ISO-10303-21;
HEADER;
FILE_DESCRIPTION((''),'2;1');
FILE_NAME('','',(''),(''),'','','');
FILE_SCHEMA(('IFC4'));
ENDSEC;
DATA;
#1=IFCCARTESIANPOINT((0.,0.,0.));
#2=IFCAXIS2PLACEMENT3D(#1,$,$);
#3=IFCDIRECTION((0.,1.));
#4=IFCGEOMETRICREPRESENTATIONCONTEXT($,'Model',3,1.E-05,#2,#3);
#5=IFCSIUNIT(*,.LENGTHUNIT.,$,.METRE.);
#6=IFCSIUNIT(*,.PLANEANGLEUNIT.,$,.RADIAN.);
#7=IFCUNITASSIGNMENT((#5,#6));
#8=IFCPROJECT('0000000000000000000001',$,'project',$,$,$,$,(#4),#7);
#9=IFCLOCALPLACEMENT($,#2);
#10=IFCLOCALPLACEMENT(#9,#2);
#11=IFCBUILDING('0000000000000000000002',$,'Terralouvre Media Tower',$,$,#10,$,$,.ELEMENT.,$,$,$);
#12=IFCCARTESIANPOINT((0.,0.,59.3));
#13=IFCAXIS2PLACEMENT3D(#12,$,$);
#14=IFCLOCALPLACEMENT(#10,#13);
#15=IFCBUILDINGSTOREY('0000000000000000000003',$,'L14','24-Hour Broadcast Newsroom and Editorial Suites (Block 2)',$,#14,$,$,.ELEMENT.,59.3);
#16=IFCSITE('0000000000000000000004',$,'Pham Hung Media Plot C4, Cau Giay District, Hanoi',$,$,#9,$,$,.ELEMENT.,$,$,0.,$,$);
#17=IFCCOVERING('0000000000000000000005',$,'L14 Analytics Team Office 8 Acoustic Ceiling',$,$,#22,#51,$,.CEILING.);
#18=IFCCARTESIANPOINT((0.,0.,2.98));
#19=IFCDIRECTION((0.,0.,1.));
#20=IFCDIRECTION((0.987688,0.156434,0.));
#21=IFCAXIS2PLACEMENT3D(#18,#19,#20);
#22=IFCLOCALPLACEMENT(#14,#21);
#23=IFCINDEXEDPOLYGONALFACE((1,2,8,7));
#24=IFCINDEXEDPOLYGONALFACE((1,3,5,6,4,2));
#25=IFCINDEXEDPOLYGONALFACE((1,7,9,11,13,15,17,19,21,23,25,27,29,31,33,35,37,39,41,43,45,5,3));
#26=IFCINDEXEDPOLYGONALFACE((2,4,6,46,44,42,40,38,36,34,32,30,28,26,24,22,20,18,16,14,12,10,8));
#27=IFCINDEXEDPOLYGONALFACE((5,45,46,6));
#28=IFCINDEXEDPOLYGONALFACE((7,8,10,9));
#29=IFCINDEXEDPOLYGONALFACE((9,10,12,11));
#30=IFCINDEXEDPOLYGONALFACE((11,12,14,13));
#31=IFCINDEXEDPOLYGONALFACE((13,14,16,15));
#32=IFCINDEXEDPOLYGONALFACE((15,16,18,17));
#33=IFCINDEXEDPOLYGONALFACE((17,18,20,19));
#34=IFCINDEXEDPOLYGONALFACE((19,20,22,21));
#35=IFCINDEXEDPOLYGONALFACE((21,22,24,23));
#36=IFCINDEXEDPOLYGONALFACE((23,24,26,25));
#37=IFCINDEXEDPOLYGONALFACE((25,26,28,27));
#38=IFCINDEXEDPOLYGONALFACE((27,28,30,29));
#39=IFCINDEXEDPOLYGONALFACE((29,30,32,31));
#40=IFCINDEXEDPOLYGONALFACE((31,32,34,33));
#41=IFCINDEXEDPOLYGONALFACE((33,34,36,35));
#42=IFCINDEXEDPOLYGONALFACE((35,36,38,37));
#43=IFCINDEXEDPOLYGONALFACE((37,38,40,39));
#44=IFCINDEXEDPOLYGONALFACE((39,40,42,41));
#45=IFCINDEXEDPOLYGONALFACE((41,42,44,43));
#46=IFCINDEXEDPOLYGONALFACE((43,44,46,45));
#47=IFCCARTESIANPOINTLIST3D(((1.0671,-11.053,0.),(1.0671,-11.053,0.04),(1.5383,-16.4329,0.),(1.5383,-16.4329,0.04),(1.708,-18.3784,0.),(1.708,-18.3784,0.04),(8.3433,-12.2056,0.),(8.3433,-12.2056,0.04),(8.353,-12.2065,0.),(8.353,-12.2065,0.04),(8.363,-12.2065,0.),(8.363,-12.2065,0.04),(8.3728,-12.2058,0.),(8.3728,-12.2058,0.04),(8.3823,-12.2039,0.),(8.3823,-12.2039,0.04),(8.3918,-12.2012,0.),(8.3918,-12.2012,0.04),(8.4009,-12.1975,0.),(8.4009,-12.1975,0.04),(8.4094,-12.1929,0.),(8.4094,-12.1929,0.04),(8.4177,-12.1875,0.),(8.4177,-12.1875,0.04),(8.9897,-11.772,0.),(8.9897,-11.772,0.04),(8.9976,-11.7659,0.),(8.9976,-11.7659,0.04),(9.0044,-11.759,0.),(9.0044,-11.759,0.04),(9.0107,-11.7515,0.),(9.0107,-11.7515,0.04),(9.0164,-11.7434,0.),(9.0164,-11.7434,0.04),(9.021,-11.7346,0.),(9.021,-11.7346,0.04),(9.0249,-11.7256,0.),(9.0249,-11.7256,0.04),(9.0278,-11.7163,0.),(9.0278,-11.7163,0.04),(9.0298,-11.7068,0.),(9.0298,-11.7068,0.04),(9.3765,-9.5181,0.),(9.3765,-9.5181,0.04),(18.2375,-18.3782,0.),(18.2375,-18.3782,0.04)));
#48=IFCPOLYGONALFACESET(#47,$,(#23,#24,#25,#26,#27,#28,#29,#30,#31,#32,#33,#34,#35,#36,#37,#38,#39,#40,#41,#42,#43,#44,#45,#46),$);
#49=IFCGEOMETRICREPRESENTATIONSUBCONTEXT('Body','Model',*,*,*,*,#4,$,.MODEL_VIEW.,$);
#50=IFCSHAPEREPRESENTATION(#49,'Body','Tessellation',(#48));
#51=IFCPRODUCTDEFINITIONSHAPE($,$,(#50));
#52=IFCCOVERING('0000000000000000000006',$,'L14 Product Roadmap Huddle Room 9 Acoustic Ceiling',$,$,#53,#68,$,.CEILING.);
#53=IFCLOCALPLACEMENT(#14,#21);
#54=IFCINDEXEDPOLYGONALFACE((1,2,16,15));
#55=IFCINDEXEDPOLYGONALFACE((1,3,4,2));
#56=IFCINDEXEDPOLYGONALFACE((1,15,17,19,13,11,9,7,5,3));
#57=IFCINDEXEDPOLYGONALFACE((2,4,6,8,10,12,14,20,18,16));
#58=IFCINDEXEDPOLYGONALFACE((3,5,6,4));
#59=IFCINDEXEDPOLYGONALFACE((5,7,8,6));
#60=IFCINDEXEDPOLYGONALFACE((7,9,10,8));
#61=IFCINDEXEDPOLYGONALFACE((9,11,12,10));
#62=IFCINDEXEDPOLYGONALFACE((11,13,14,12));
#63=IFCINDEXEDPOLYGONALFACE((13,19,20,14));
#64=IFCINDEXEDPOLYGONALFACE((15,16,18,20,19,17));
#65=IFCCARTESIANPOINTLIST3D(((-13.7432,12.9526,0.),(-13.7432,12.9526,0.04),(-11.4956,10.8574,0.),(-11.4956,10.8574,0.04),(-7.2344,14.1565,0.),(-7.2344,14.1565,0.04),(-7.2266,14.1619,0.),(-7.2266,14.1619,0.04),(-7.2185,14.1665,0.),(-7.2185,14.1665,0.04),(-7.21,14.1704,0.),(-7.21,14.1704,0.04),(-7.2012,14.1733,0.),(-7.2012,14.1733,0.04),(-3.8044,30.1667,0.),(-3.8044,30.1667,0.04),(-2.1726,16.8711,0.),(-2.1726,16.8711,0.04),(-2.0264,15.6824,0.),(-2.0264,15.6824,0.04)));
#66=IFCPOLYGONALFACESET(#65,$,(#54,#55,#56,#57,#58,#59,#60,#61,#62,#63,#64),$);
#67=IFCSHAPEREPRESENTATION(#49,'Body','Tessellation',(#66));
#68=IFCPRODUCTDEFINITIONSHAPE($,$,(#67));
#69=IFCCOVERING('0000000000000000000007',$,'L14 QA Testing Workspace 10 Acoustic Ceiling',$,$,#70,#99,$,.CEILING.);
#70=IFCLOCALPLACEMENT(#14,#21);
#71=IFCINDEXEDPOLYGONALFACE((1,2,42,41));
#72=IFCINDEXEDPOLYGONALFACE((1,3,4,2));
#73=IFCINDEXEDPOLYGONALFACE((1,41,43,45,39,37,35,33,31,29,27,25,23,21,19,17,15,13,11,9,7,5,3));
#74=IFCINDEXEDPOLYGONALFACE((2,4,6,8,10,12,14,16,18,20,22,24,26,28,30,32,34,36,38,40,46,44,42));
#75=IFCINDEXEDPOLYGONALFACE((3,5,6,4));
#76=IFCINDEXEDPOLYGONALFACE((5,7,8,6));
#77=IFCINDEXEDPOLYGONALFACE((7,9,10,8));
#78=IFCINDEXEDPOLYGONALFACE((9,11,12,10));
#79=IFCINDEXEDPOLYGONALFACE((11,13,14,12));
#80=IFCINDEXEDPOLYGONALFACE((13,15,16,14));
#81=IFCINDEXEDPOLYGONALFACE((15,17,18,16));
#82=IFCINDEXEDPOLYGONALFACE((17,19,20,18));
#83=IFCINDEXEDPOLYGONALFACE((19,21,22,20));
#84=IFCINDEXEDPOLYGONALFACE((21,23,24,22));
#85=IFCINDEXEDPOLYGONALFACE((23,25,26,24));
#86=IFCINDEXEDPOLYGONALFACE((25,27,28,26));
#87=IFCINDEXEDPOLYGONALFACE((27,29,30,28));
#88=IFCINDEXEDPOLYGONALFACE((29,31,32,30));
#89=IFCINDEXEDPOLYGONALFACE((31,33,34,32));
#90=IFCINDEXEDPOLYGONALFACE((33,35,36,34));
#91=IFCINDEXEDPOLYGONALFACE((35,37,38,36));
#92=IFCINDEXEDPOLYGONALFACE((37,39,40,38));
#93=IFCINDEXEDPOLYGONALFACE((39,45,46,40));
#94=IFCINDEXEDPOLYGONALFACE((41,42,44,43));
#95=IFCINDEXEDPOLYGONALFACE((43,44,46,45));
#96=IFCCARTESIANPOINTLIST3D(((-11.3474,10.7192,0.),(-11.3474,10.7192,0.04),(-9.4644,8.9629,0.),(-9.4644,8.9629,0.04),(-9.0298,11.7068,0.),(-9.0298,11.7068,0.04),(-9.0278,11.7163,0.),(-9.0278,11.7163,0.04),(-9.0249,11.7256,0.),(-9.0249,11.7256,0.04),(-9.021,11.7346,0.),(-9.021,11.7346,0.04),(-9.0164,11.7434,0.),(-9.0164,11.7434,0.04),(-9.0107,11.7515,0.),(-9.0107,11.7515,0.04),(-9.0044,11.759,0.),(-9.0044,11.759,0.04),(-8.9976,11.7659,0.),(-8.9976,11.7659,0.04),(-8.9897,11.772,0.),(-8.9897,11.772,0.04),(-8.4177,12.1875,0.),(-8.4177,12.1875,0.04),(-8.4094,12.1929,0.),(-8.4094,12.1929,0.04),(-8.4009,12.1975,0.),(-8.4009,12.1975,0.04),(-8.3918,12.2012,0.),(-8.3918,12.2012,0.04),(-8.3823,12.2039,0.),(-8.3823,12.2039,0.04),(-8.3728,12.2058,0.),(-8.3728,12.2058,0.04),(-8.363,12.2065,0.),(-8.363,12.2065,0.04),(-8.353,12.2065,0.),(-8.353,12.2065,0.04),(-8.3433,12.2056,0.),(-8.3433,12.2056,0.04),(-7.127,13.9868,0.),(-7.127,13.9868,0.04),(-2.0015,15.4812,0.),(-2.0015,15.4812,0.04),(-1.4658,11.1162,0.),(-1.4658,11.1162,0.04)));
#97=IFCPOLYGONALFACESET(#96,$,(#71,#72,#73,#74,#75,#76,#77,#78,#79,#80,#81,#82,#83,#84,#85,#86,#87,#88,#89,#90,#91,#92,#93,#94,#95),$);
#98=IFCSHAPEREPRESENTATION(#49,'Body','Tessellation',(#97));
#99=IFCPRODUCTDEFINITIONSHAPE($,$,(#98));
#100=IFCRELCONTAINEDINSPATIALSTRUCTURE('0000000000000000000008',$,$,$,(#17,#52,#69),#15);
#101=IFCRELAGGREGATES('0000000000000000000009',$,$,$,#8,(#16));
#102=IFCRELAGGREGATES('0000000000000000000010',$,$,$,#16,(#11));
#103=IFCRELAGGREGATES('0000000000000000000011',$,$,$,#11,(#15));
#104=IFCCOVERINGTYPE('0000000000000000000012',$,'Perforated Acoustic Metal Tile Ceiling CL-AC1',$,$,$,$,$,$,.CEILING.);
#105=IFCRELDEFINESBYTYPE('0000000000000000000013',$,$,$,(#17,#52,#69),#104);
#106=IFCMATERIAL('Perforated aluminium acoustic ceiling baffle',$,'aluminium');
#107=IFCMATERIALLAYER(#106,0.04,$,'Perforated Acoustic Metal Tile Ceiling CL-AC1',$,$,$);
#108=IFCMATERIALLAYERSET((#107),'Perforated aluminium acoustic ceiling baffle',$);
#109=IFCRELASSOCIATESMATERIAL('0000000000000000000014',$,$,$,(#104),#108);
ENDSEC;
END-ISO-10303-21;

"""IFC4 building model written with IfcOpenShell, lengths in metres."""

from ifc_helpers import new_model, si_unit, direction, frame, origin, place, context, subcontext, project, spatial, polyline, outline, extrude, material, layer, layer_set, type_object, element, save


model = new_model("IFC4")

# Units and contexts
model_context = context("Model", 3, precision=1e-05, world=origin(), true_north=direction((0.0, 1.0)))
body_context = subcontext(model_context, "Body", "Model", "MODEL_VIEW")
ifc_project = project(units=[si_unit("LENGTHUNIT", "METRE"), si_unit("PLANEANGLEUNIT", "RADIAN")], contexts=[model_context])

# Site, building, storey
site_placement = place(None, origin())
site = spatial("IfcSite", under=ifc_project, at=site_placement, Name="Pham Hung Media Plot C4, Cau Giay District, Hanoi", CompositionType="ELEMENT", RefElevation=0.0)
building_placement = place(site_placement, origin())
building = spatial("IfcBuilding", under=site, at=building_placement, Name="Terralouvre Media Tower", CompositionType="ELEMENT")
storey_placement = place(building_placement, frame((0.0, 0.0, 59.3)))
storey = spatial("IfcBuildingStorey", under=building, at=storey_placement, Name="L14", Description="24-Hour Broadcast Newsroom and Editorial Suites (Block 2)", CompositionType="ELEMENT", Elevation=59.3)

# Coverings
ifc_material_1 = material(Name="Perforated aluminium acoustic ceiling baffle", Category="aluminium")
ifc_layer_1 = layer(ifc_material_1, 0.04, Name="Perforated Acoustic Metal Tile Ceiling CL-AC1")
ifc_layer_set_1 = layer_set([ifc_layer_1], Name="Perforated aluminium acoustic ceiling baffle")
covering_type = type_object("IfcCoveringType", Name="Perforated Acoustic Metal Tile Ceiling CL-AC1", PredefinedType="CEILING", material=ifc_layer_set_1)
covering_1_placement = place(storey_placement, frame((0.0, 0.0, 2.98), z_axis=(0.0, 0.0, 1.0), x_axis=(0.987688, 0.156434, 0.0)))
element("IfcCovering", 1, at=covering_1_placement, inside=storey, type_object=covering_type, Name="L14 Analytics Team Office 8 Acoustic Ceiling", PredefinedType="CEILING", context=body_context, shape_type="SweptSolid", body=[
    extrude(outline(polyline([(9.0298, -11.7068), (9.0278, -11.7163), (9.0249, -11.7256), (9.021, -11.7346), (9.0164, -11.7434), (9.0107, -11.7515), (9.0044, -11.759), (8.9976, -11.7659), (8.9897, -11.772), (8.4177, -12.1875), (8.4094, -12.1929), (8.4009, -12.1975), (8.3918, -12.2012), (8.3823, -12.2039), (8.3728, -12.2058), (8.363, -12.2065), (8.353, -12.2065), (8.3433, -12.2056), (1.0671, -11.053), (1.5383, -16.4329), (1.708, -18.3784), (18.2375, -18.3782), (9.3765, -9.5181), (9.0298, -11.7068)])), origin(), (0.0, 0.0, 1.0), 0.04),
])
covering_2_placement = place(storey_placement, frame((0.0, 0.0, 2.98), z_axis=(0.0, 0.0, 1.0), x_axis=(0.987688, 0.156434, 0.0)))
element("IfcCovering", 2, at=covering_2_placement, inside=storey, type_object=covering_type, Name="L14 Product Roadmap Huddle Room 9 Acoustic Ceiling", PredefinedType="CEILING", context=body_context, shape_type="SweptSolid", body=[
    extrude(outline(polyline([(-7.2344, 14.1565), (-7.2266, 14.1619), (-7.2185, 14.1665), (-7.21, 14.1704), (-7.2012, 14.1733), (-2.0264, 15.6824), (-2.1726, 16.8711), (-3.8044, 30.1667), (-13.7432, 12.9526), (-11.4956, 10.8574), (-7.2344, 14.1565)])), origin(), (0.0, 0.0, 1.0), 0.04),
])
covering_3_placement = place(storey_placement, frame((0.0, 0.0, 2.98), z_axis=(0.0, 0.0, 1.0), x_axis=(0.987688, 0.156434, 0.0)))
element("IfcCovering", 3, at=covering_3_placement, inside=storey, type_object=covering_type, Name="L14 QA Testing Workspace 10 Acoustic Ceiling", PredefinedType="CEILING", context=body_context, shape_type="SweptSolid", body=[
    extrude(outline(polyline([(-7.127, 13.9868), (-11.3474, 10.7192), (-9.4644, 8.9629), (-9.0298, 11.7068), (-9.0278, 11.7163), (-9.0249, 11.7256), (-9.021, 11.7346), (-9.0164, 11.7434), (-9.0107, 11.7515), (-9.0044, 11.759), (-8.9976, 11.7659), (-8.9897, 11.772), (-8.4177, 12.1875), (-8.4094, 12.1929), (-8.4009, 12.1975), (-8.3918, 12.2012), (-8.3823, 12.2039), (-8.3728, 12.2058), (-8.363, 12.2065), (-8.353, 12.2065), (-8.3433, 12.2056), (-1.4658, 11.1162), (-2.0015, 15.4812), (-7.127, 13.9868)])), origin(), (0.0, 0.0, 1.0), 0.04),
])

save(model, "model.ifc")
